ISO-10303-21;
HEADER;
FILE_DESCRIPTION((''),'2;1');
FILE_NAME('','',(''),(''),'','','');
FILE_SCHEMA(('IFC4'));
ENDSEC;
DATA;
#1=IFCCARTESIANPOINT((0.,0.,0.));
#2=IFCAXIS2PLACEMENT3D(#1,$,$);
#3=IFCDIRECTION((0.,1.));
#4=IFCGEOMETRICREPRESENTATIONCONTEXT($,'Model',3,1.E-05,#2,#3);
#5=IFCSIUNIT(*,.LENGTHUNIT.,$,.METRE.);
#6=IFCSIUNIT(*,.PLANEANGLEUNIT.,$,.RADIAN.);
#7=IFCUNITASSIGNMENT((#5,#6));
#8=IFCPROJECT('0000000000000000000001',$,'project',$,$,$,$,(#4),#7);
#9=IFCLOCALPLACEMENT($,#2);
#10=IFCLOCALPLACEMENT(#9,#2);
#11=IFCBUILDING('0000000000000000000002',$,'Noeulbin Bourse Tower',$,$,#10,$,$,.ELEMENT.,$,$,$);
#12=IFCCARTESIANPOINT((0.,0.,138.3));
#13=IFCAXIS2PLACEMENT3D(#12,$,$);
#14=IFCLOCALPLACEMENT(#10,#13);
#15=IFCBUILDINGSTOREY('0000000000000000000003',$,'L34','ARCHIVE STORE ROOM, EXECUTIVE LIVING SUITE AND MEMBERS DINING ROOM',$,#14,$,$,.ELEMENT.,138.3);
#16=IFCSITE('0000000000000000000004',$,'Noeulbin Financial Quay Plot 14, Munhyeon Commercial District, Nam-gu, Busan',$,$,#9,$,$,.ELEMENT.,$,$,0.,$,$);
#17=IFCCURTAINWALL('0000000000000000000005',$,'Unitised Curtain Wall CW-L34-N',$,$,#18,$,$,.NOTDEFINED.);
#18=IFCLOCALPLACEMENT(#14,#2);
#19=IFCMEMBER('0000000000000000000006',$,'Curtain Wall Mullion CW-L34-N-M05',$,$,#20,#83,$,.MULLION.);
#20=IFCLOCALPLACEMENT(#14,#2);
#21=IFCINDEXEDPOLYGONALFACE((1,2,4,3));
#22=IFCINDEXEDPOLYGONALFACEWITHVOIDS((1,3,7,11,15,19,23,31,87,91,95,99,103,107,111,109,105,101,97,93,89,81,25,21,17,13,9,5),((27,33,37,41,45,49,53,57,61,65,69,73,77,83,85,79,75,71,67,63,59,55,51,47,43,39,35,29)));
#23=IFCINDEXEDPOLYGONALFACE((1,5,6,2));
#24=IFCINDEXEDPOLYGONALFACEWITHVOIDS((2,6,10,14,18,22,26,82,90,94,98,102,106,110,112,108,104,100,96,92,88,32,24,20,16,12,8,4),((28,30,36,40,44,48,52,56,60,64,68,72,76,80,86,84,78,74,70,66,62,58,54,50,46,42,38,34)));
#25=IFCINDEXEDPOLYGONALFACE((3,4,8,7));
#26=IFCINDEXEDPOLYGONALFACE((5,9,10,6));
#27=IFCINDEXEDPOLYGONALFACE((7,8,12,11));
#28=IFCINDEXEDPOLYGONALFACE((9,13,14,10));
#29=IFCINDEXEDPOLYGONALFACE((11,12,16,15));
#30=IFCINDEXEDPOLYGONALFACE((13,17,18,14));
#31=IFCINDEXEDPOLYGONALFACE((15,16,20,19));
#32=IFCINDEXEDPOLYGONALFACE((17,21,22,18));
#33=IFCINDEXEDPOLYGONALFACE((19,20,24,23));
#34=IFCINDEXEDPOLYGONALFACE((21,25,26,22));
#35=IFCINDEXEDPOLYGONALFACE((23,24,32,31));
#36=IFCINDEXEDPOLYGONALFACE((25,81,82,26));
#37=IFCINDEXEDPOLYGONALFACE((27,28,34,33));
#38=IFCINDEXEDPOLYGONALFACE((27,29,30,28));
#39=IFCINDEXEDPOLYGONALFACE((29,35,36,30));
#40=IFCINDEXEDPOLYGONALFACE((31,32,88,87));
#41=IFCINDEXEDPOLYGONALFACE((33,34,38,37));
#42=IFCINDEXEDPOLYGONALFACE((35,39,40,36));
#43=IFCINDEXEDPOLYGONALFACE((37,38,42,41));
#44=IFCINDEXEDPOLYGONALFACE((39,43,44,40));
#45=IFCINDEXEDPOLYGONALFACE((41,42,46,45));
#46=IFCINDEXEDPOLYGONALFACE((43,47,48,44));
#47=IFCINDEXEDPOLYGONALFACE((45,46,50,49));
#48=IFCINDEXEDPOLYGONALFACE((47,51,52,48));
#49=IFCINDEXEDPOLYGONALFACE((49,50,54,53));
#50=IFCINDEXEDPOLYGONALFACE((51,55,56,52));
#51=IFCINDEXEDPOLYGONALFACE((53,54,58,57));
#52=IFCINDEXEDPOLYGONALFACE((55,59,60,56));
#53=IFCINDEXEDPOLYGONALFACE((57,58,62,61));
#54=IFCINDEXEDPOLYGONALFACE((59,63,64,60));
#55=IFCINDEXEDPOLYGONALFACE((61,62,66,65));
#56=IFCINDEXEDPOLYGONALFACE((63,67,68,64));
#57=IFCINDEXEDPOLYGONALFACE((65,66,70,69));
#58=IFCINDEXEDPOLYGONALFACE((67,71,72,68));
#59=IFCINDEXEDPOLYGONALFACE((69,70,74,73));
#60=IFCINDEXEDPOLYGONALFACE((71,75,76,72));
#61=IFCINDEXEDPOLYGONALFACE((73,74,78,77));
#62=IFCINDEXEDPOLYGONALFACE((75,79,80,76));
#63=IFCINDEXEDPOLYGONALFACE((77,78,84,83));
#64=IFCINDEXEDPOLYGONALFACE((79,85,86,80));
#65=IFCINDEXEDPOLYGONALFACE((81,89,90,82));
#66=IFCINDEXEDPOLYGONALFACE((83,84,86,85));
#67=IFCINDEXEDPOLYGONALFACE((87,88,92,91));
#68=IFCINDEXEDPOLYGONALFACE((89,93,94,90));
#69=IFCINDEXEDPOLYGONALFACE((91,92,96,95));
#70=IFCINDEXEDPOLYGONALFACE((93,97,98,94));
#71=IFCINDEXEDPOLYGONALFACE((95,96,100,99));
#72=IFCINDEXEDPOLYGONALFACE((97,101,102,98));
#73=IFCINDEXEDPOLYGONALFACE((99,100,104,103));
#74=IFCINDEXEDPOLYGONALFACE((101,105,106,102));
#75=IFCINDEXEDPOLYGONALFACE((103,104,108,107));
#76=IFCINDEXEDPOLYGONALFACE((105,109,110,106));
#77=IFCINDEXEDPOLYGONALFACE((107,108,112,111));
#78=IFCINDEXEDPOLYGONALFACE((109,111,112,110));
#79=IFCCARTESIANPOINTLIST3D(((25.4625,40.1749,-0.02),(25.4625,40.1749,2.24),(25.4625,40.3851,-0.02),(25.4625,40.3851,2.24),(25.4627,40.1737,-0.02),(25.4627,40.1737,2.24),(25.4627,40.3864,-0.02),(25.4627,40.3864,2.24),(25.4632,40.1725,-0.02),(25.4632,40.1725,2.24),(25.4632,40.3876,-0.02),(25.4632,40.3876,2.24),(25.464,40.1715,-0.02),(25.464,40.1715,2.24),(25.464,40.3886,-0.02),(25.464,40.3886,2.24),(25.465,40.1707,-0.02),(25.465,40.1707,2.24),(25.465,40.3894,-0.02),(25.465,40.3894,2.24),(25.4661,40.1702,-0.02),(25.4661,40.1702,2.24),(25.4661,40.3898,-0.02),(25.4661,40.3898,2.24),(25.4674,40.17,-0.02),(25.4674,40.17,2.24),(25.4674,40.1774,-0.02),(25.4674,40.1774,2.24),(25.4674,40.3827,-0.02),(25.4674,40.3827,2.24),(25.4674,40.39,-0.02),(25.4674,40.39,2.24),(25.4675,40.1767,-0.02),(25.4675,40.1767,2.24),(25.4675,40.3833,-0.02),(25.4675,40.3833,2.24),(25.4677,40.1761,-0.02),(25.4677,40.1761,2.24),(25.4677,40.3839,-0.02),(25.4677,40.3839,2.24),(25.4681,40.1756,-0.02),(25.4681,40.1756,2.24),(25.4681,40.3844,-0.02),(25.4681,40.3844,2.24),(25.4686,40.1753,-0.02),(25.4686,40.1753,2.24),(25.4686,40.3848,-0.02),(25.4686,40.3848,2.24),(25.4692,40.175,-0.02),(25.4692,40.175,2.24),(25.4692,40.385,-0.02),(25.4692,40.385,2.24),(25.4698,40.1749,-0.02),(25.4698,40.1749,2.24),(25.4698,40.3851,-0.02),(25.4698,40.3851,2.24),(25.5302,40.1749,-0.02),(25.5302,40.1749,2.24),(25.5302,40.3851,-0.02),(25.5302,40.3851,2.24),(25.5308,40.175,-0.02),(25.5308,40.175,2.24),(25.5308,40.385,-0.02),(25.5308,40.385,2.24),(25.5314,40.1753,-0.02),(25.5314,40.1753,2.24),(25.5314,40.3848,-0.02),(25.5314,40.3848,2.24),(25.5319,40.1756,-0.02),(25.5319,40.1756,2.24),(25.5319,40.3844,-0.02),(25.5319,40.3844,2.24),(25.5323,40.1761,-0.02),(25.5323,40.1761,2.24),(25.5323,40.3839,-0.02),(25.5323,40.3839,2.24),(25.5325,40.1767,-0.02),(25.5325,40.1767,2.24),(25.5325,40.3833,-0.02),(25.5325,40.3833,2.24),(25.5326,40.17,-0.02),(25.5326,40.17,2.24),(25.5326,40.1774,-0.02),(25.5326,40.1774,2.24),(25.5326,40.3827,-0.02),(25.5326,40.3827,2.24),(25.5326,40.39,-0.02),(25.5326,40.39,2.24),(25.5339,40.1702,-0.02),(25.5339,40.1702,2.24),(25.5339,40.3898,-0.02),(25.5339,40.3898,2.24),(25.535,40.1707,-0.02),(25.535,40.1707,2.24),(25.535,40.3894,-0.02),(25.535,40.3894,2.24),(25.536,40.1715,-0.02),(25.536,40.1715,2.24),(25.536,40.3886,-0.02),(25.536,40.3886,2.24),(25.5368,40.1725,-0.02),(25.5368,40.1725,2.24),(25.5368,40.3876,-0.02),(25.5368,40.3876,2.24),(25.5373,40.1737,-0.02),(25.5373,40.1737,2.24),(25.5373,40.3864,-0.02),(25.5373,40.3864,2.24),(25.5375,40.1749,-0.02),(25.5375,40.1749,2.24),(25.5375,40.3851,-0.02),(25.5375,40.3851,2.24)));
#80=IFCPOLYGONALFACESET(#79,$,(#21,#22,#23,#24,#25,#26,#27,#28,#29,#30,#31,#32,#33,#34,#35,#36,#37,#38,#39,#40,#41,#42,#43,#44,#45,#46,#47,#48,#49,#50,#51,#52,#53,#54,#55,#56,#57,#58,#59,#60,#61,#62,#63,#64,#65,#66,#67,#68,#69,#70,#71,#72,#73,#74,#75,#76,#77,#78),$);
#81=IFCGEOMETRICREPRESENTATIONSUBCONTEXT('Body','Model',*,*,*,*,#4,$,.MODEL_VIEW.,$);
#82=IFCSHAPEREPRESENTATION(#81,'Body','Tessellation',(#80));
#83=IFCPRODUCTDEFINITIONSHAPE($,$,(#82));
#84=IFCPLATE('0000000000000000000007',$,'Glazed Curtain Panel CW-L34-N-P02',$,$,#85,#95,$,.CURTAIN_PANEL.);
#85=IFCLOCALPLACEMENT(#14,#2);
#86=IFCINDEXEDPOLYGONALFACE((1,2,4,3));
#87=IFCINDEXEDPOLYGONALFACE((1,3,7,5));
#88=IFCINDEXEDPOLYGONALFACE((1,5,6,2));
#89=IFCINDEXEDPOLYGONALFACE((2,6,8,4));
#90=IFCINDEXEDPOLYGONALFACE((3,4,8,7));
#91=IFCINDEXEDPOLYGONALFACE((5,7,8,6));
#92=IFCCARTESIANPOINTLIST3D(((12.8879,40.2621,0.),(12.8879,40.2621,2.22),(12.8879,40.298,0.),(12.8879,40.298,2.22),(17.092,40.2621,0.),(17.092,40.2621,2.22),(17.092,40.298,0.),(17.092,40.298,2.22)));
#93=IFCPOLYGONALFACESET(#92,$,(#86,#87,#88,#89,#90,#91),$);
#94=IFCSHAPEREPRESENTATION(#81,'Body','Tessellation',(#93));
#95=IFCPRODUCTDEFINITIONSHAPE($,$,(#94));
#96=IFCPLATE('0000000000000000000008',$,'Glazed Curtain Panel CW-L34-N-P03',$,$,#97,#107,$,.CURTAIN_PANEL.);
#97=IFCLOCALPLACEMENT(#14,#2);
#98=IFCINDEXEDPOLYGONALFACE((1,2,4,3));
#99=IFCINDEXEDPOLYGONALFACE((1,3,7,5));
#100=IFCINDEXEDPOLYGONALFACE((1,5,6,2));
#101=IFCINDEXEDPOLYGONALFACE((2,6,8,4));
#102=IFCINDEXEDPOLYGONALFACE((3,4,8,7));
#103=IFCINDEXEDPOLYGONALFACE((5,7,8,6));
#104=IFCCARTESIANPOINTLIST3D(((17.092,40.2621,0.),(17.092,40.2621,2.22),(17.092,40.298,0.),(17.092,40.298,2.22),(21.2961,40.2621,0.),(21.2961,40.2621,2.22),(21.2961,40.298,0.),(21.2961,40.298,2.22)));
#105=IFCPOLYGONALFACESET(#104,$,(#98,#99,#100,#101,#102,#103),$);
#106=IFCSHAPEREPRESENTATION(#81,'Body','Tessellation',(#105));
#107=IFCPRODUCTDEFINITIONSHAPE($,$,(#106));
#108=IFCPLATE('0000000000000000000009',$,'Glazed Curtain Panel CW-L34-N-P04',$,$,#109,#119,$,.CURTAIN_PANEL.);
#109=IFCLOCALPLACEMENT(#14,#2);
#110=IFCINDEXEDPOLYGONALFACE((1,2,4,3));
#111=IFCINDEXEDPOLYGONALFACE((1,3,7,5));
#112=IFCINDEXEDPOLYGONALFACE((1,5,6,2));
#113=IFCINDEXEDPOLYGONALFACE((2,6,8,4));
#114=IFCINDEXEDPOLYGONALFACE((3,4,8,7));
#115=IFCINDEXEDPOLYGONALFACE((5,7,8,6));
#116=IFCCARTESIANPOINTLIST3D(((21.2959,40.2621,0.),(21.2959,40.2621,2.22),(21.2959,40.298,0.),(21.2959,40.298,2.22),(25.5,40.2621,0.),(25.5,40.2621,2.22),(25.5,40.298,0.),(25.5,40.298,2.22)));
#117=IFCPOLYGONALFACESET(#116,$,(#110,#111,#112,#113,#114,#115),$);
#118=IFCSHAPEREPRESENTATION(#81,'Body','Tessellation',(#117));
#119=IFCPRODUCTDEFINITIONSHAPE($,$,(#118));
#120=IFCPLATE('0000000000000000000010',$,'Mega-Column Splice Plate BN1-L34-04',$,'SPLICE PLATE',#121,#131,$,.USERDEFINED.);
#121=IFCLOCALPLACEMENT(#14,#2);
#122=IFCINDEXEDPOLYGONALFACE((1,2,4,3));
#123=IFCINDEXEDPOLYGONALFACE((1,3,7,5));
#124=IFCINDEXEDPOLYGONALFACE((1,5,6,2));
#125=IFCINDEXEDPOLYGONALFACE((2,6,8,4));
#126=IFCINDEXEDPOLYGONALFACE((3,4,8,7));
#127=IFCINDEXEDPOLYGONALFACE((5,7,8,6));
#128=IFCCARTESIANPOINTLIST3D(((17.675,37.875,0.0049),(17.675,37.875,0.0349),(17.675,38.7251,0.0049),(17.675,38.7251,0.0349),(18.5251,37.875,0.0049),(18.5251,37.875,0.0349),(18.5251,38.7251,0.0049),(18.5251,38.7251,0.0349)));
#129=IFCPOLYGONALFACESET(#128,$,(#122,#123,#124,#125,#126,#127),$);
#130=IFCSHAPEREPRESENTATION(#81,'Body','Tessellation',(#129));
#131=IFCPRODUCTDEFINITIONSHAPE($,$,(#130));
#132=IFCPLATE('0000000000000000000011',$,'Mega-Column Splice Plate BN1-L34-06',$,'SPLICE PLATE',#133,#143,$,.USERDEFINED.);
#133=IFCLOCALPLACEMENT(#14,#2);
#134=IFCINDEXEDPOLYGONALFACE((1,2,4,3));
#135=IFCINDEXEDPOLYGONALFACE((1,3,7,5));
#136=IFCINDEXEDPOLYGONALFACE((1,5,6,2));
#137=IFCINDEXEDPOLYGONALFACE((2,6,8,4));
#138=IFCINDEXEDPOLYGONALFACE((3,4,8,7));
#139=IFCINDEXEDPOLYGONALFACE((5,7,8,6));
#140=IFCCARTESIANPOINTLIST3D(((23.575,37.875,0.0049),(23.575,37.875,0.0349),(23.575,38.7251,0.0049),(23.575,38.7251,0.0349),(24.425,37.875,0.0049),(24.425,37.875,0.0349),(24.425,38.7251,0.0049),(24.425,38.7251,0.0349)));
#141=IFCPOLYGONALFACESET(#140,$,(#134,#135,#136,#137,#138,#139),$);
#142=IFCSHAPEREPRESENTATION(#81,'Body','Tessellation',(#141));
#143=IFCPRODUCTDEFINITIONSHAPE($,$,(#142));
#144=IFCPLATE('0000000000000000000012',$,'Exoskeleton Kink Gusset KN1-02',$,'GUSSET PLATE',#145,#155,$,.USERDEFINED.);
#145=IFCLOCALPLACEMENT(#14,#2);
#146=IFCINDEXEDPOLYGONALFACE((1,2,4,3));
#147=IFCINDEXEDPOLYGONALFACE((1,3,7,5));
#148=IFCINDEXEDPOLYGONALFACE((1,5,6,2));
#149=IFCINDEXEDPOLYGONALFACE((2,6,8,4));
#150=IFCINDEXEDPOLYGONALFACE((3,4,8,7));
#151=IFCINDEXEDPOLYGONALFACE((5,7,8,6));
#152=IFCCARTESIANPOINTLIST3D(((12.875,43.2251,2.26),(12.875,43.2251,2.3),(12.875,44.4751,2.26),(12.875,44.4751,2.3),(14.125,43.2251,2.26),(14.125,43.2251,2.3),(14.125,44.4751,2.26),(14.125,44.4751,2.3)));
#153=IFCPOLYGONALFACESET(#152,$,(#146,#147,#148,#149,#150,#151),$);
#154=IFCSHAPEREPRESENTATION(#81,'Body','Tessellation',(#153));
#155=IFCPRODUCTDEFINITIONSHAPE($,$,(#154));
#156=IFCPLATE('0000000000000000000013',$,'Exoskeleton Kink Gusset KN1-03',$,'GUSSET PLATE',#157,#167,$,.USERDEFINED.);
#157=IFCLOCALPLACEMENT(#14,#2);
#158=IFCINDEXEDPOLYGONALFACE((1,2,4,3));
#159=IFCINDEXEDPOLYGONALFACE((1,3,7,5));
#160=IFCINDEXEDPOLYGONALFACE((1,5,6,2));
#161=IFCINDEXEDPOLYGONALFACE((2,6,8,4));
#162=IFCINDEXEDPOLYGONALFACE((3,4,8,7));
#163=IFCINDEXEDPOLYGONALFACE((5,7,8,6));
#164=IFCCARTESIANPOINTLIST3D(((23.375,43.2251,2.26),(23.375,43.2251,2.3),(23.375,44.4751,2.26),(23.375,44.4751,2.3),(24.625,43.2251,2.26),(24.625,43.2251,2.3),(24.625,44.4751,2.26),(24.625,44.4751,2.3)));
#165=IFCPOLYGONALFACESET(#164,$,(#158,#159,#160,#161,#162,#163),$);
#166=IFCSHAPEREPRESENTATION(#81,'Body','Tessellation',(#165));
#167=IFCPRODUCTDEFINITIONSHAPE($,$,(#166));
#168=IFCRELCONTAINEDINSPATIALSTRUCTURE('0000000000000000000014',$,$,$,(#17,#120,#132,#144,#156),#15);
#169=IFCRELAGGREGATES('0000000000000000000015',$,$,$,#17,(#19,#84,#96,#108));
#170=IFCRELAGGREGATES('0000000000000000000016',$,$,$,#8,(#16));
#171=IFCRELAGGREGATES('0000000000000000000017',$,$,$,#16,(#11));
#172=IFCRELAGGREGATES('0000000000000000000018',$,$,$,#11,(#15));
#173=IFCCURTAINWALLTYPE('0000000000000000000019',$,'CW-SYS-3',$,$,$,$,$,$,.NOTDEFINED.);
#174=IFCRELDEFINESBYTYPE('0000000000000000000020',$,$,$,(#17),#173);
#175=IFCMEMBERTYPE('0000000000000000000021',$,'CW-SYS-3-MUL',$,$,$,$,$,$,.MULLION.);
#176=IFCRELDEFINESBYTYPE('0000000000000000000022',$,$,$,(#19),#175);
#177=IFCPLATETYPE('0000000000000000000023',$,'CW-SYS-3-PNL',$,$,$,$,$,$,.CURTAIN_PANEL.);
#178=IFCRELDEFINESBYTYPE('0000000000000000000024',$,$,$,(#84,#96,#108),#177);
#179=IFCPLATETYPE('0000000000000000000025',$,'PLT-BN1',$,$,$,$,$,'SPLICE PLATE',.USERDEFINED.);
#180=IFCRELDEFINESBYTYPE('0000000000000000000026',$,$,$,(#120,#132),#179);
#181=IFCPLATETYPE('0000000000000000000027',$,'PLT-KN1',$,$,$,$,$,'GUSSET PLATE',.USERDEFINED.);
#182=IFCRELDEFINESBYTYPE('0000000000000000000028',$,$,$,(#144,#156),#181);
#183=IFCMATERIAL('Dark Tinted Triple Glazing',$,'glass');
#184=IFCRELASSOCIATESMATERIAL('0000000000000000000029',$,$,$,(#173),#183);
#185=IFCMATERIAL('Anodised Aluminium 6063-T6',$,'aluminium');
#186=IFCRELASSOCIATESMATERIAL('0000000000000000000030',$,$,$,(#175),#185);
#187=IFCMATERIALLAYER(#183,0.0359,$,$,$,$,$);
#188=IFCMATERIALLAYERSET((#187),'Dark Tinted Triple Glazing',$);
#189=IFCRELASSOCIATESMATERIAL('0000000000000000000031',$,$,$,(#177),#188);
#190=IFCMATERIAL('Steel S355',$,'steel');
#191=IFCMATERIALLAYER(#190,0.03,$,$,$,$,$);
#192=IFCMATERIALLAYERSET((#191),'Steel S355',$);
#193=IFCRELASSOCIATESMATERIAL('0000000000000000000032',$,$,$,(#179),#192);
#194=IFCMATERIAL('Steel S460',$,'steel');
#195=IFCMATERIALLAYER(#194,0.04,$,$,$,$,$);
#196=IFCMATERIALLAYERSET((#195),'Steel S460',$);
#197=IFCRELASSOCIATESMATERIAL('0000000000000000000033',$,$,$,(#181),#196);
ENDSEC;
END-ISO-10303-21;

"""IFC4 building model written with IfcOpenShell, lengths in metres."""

from ifc_helpers import new_model, si_unit, direction, frame, origin, origin_2d, place, context, subcontext, project, spatial, rectangle, hollow_rectangle, extrude, material, layer, layer_set, material_profile, profile_set, type_object, element, aggregate, save


model = new_model("IFC4")

# Units and contexts
model_context = context("Model", 3, precision=1e-05, world=origin(), true_north=direction((0.0, 1.0)))
body_context = subcontext(model_context, "Body", "Model", "MODEL_VIEW")
ifc_project = project(units=[si_unit("LENGTHUNIT", "METRE"), si_unit("PLANEANGLEUNIT", "RADIAN")], contexts=[model_context])

# Site, building, storey
site_placement = place(None, origin())
site = spatial("IfcSite", under=ifc_project, at=site_placement, Name="Noeulbin Financial Quay Plot 14, Munhyeon Commercial District, Nam-gu, Busan", CompositionType="ELEMENT", RefElevation=0.0)
building_placement = place(site_placement, origin())
building = spatial("IfcBuilding", under=site, at=building_placement, Name="Noeulbin Bourse Tower", CompositionType="ELEMENT")
storey_placement = place(building_placement, frame((0.0, 0.0, 138.3)))
storey = spatial("IfcBuildingStorey", under=building, at=storey_placement, Name="L34", Description="ARCHIVE STORE ROOM, EXECUTIVE LIVING SUITE AND MEMBERS DINING ROOM", CompositionType="ELEMENT", Elevation=138.3)

# Shared definitions
ifc_material_1 = material(Name="Steel S355", Category="steel")
ifc_material_2 = material(Name="Steel S460", Category="steel")

# Curtain wall, member, plates
ifc_material_3 = material(Name="Dark Tinted Triple Glazing", Category="glass")
curtain_wall_type = type_object("IfcCurtainWallType", Name="CW-SYS-3", PredefinedType="NOTDEFINED", material=ifc_material_3)
curtain_wall_placement = place(storey_placement, origin())
curtain_wall = element("IfcCurtainWall", 1, at=curtain_wall_placement, inside=storey, type_object=curtain_wall_type, Name="Unitised Curtain Wall CW-L34-N", PredefinedType="NOTDEFINED")
ifc_material_4 = material(Name="Anodised Aluminium 6063-T6", Category="aluminium")
ifc_material_profile_1 = material_profile(ifc_material_4, hollow_rectangle(XDim=0.075, YDim=0.22, WallThickness=0.0049, InnerFilletRadius=0.0024, OuterFilletRadius=0.0049, at=origin_2d()), Name="ALU-MULL-75x220x5", Category="LoadBearing")
ifc_profile_set_1 = profile_set([ifc_material_profile_1], Name="Anodised Aluminium 6063-T6")
member_type = type_object("IfcMemberType", Name="CW-SYS-3-MUL", PredefinedType="MULLION", material=ifc_profile_set_1)
member_1_placement = place(storey_placement, frame((25.5, 40.28, -0.02), z_axis=(0.0, 0.0, 1.0), x_axis=(1.0, 0.0, 0.0)))
member_1 = element("IfcMember", 2, at=member_1_placement, type_object=member_type, Name="Curtain Wall Mullion CW-L34-N-M05", PredefinedType="MULLION", context=body_context, shape_type="SweptSolid", body=[
    extrude(hollow_rectangle(XDim=0.075, YDim=0.22, WallThickness=0.0049, InnerFilletRadius=0.0024, OuterFilletRadius=0.0049, at=origin_2d()), origin(), (0.0, 0.0, 1.0), 2.26),
])
ifc_layer_1 = layer(ifc_material_3, 0.0359)
ifc_layer_set_1 = layer_set([ifc_layer_1], Name="Dark Tinted Triple Glazing")
plate_type_1 = type_object("IfcPlateType", Name="CW-SYS-3-PNL", PredefinedType="CURTAIN_PANEL", material=ifc_layer_set_1)
plate_1_placement = place(storey_placement, frame((14.99, 40.28, 0.0), z_axis=(0.0, 0.0, 1.0), x_axis=(1.0, 0.0, 0.0)))
plate_1 = element("IfcPlate", 3, at=plate_1_placement, type_object=plate_type_1, Name="Glazed Curtain Panel CW-L34-N-P02", PredefinedType="CURTAIN_PANEL", context=body_context, shape_type="SweptSolid", body=[
    extrude(rectangle(XDim=4.2041, YDim=0.0359, at=origin_2d()), origin(), (0.0, 0.0, 1.0), 2.22),
])
plate_2_placement = place(storey_placement, frame((19.1941, 40.28, 0.0), z_axis=(0.0, 0.0, 1.0), x_axis=(1.0, 0.0, 0.0)))
plate_2 = element("IfcPlate", 4, at=plate_2_placement, type_object=plate_type_1, Name="Glazed Curtain Panel CW-L34-N-P03", PredefinedType="CURTAIN_PANEL", context=body_context, shape_type="SweptSolid", body=[
    extrude(rectangle(XDim=4.2041, YDim=0.0359, at=origin_2d()), origin(), (0.0, 0.0, 1.0), 2.22),
])
plate_3_placement = place(storey_placement, frame((23.3979, 40.28, 0.0), z_axis=(0.0, 0.0, 1.0), x_axis=(1.0, 0.0, 0.0)))
plate_3 = element("IfcPlate", 5, at=plate_3_placement, type_object=plate_type_1, Name="Glazed Curtain Panel CW-L34-N-P04", PredefinedType="CURTAIN_PANEL", context=body_context, shape_type="SweptSolid", body=[
    extrude(rectangle(XDim=4.2041, YDim=0.0359, at=origin_2d()), origin(), (0.0, 0.0, 1.0), 2.22),
])
aggregate(curtain_wall, [member_1, plate_1, plate_2, plate_3])

# Plates
ifc_layer_2 = layer(ifc_material_1, 0.03)
ifc_layer_set_2 = layer_set([ifc_layer_2], Name="Steel S355")
plate_type_2 = type_object("IfcPlateType", Name="PLT-BN1", ElementType="SPLICE PLATE", PredefinedType="USERDEFINED", material=ifc_layer_set_2)
for number, where, z_axis, x_axis, name in (
    (6, (18.1001, 38.3, 0.0049), (0.0, 0.0, 1.0), (1.0, 0.0, 0.0), "Mega-Column Splice Plate BN1-L34-04"),
    (7, (24.0, 38.3, 0.0049), (0.0, 0.0, 1.0), (1.0, 0.0, 0.0), "Mega-Column Splice Plate BN1-L34-06"),
):
    element("IfcPlate", number, at=place(storey_placement, frame(where, z_axis=z_axis, x_axis=x_axis)), inside=storey, type_object=plate_type_2, Name=name, ObjectType="SPLICE PLATE", PredefinedType="USERDEFINED", context=body_context, shape_type="SweptSolid", body=[
        extrude(rectangle(XDim=0.8501, YDim=0.8501, at=origin_2d()), origin(), (0.0, 0.0, 1.0), 0.03),
    ])
ifc_layer_3 = layer(ifc_material_2, 0.04)
ifc_layer_set_3 = layer_set([ifc_layer_3], Name="Steel S460")
plate_type_3 = type_object("IfcPlateType", Name="PLT-KN1", ElementType="GUSSET PLATE", PredefinedType="USERDEFINED", material=ifc_layer_set_3)
for number, where, z_axis, x_axis, name in (
    (8, (13.5, 43.8501, 2.26), (0.0, 0.0, 1.0), (1.0, 0.0, 0.0), "Exoskeleton Kink Gusset KN1-02"),
    (9, (24.0, 43.8501, 2.26), (0.0, 0.0, 1.0), (1.0, 0.0, 0.0), "Exoskeleton Kink Gusset KN1-03"),
):
    element("IfcPlate", number, at=place(storey_placement, frame(where, z_axis=z_axis, x_axis=x_axis)), inside=storey, type_object=plate_type_3, Name=name, ObjectType="GUSSET PLATE", PredefinedType="USERDEFINED", context=body_context, shape_type="SweptSolid", body=[
        extrude(rectangle(XDim=1.25, YDim=1.25, at=origin_2d()), origin(), (0.0, 0.0, 1.0), 0.04),
    ])

save(model, "model.ifc")
